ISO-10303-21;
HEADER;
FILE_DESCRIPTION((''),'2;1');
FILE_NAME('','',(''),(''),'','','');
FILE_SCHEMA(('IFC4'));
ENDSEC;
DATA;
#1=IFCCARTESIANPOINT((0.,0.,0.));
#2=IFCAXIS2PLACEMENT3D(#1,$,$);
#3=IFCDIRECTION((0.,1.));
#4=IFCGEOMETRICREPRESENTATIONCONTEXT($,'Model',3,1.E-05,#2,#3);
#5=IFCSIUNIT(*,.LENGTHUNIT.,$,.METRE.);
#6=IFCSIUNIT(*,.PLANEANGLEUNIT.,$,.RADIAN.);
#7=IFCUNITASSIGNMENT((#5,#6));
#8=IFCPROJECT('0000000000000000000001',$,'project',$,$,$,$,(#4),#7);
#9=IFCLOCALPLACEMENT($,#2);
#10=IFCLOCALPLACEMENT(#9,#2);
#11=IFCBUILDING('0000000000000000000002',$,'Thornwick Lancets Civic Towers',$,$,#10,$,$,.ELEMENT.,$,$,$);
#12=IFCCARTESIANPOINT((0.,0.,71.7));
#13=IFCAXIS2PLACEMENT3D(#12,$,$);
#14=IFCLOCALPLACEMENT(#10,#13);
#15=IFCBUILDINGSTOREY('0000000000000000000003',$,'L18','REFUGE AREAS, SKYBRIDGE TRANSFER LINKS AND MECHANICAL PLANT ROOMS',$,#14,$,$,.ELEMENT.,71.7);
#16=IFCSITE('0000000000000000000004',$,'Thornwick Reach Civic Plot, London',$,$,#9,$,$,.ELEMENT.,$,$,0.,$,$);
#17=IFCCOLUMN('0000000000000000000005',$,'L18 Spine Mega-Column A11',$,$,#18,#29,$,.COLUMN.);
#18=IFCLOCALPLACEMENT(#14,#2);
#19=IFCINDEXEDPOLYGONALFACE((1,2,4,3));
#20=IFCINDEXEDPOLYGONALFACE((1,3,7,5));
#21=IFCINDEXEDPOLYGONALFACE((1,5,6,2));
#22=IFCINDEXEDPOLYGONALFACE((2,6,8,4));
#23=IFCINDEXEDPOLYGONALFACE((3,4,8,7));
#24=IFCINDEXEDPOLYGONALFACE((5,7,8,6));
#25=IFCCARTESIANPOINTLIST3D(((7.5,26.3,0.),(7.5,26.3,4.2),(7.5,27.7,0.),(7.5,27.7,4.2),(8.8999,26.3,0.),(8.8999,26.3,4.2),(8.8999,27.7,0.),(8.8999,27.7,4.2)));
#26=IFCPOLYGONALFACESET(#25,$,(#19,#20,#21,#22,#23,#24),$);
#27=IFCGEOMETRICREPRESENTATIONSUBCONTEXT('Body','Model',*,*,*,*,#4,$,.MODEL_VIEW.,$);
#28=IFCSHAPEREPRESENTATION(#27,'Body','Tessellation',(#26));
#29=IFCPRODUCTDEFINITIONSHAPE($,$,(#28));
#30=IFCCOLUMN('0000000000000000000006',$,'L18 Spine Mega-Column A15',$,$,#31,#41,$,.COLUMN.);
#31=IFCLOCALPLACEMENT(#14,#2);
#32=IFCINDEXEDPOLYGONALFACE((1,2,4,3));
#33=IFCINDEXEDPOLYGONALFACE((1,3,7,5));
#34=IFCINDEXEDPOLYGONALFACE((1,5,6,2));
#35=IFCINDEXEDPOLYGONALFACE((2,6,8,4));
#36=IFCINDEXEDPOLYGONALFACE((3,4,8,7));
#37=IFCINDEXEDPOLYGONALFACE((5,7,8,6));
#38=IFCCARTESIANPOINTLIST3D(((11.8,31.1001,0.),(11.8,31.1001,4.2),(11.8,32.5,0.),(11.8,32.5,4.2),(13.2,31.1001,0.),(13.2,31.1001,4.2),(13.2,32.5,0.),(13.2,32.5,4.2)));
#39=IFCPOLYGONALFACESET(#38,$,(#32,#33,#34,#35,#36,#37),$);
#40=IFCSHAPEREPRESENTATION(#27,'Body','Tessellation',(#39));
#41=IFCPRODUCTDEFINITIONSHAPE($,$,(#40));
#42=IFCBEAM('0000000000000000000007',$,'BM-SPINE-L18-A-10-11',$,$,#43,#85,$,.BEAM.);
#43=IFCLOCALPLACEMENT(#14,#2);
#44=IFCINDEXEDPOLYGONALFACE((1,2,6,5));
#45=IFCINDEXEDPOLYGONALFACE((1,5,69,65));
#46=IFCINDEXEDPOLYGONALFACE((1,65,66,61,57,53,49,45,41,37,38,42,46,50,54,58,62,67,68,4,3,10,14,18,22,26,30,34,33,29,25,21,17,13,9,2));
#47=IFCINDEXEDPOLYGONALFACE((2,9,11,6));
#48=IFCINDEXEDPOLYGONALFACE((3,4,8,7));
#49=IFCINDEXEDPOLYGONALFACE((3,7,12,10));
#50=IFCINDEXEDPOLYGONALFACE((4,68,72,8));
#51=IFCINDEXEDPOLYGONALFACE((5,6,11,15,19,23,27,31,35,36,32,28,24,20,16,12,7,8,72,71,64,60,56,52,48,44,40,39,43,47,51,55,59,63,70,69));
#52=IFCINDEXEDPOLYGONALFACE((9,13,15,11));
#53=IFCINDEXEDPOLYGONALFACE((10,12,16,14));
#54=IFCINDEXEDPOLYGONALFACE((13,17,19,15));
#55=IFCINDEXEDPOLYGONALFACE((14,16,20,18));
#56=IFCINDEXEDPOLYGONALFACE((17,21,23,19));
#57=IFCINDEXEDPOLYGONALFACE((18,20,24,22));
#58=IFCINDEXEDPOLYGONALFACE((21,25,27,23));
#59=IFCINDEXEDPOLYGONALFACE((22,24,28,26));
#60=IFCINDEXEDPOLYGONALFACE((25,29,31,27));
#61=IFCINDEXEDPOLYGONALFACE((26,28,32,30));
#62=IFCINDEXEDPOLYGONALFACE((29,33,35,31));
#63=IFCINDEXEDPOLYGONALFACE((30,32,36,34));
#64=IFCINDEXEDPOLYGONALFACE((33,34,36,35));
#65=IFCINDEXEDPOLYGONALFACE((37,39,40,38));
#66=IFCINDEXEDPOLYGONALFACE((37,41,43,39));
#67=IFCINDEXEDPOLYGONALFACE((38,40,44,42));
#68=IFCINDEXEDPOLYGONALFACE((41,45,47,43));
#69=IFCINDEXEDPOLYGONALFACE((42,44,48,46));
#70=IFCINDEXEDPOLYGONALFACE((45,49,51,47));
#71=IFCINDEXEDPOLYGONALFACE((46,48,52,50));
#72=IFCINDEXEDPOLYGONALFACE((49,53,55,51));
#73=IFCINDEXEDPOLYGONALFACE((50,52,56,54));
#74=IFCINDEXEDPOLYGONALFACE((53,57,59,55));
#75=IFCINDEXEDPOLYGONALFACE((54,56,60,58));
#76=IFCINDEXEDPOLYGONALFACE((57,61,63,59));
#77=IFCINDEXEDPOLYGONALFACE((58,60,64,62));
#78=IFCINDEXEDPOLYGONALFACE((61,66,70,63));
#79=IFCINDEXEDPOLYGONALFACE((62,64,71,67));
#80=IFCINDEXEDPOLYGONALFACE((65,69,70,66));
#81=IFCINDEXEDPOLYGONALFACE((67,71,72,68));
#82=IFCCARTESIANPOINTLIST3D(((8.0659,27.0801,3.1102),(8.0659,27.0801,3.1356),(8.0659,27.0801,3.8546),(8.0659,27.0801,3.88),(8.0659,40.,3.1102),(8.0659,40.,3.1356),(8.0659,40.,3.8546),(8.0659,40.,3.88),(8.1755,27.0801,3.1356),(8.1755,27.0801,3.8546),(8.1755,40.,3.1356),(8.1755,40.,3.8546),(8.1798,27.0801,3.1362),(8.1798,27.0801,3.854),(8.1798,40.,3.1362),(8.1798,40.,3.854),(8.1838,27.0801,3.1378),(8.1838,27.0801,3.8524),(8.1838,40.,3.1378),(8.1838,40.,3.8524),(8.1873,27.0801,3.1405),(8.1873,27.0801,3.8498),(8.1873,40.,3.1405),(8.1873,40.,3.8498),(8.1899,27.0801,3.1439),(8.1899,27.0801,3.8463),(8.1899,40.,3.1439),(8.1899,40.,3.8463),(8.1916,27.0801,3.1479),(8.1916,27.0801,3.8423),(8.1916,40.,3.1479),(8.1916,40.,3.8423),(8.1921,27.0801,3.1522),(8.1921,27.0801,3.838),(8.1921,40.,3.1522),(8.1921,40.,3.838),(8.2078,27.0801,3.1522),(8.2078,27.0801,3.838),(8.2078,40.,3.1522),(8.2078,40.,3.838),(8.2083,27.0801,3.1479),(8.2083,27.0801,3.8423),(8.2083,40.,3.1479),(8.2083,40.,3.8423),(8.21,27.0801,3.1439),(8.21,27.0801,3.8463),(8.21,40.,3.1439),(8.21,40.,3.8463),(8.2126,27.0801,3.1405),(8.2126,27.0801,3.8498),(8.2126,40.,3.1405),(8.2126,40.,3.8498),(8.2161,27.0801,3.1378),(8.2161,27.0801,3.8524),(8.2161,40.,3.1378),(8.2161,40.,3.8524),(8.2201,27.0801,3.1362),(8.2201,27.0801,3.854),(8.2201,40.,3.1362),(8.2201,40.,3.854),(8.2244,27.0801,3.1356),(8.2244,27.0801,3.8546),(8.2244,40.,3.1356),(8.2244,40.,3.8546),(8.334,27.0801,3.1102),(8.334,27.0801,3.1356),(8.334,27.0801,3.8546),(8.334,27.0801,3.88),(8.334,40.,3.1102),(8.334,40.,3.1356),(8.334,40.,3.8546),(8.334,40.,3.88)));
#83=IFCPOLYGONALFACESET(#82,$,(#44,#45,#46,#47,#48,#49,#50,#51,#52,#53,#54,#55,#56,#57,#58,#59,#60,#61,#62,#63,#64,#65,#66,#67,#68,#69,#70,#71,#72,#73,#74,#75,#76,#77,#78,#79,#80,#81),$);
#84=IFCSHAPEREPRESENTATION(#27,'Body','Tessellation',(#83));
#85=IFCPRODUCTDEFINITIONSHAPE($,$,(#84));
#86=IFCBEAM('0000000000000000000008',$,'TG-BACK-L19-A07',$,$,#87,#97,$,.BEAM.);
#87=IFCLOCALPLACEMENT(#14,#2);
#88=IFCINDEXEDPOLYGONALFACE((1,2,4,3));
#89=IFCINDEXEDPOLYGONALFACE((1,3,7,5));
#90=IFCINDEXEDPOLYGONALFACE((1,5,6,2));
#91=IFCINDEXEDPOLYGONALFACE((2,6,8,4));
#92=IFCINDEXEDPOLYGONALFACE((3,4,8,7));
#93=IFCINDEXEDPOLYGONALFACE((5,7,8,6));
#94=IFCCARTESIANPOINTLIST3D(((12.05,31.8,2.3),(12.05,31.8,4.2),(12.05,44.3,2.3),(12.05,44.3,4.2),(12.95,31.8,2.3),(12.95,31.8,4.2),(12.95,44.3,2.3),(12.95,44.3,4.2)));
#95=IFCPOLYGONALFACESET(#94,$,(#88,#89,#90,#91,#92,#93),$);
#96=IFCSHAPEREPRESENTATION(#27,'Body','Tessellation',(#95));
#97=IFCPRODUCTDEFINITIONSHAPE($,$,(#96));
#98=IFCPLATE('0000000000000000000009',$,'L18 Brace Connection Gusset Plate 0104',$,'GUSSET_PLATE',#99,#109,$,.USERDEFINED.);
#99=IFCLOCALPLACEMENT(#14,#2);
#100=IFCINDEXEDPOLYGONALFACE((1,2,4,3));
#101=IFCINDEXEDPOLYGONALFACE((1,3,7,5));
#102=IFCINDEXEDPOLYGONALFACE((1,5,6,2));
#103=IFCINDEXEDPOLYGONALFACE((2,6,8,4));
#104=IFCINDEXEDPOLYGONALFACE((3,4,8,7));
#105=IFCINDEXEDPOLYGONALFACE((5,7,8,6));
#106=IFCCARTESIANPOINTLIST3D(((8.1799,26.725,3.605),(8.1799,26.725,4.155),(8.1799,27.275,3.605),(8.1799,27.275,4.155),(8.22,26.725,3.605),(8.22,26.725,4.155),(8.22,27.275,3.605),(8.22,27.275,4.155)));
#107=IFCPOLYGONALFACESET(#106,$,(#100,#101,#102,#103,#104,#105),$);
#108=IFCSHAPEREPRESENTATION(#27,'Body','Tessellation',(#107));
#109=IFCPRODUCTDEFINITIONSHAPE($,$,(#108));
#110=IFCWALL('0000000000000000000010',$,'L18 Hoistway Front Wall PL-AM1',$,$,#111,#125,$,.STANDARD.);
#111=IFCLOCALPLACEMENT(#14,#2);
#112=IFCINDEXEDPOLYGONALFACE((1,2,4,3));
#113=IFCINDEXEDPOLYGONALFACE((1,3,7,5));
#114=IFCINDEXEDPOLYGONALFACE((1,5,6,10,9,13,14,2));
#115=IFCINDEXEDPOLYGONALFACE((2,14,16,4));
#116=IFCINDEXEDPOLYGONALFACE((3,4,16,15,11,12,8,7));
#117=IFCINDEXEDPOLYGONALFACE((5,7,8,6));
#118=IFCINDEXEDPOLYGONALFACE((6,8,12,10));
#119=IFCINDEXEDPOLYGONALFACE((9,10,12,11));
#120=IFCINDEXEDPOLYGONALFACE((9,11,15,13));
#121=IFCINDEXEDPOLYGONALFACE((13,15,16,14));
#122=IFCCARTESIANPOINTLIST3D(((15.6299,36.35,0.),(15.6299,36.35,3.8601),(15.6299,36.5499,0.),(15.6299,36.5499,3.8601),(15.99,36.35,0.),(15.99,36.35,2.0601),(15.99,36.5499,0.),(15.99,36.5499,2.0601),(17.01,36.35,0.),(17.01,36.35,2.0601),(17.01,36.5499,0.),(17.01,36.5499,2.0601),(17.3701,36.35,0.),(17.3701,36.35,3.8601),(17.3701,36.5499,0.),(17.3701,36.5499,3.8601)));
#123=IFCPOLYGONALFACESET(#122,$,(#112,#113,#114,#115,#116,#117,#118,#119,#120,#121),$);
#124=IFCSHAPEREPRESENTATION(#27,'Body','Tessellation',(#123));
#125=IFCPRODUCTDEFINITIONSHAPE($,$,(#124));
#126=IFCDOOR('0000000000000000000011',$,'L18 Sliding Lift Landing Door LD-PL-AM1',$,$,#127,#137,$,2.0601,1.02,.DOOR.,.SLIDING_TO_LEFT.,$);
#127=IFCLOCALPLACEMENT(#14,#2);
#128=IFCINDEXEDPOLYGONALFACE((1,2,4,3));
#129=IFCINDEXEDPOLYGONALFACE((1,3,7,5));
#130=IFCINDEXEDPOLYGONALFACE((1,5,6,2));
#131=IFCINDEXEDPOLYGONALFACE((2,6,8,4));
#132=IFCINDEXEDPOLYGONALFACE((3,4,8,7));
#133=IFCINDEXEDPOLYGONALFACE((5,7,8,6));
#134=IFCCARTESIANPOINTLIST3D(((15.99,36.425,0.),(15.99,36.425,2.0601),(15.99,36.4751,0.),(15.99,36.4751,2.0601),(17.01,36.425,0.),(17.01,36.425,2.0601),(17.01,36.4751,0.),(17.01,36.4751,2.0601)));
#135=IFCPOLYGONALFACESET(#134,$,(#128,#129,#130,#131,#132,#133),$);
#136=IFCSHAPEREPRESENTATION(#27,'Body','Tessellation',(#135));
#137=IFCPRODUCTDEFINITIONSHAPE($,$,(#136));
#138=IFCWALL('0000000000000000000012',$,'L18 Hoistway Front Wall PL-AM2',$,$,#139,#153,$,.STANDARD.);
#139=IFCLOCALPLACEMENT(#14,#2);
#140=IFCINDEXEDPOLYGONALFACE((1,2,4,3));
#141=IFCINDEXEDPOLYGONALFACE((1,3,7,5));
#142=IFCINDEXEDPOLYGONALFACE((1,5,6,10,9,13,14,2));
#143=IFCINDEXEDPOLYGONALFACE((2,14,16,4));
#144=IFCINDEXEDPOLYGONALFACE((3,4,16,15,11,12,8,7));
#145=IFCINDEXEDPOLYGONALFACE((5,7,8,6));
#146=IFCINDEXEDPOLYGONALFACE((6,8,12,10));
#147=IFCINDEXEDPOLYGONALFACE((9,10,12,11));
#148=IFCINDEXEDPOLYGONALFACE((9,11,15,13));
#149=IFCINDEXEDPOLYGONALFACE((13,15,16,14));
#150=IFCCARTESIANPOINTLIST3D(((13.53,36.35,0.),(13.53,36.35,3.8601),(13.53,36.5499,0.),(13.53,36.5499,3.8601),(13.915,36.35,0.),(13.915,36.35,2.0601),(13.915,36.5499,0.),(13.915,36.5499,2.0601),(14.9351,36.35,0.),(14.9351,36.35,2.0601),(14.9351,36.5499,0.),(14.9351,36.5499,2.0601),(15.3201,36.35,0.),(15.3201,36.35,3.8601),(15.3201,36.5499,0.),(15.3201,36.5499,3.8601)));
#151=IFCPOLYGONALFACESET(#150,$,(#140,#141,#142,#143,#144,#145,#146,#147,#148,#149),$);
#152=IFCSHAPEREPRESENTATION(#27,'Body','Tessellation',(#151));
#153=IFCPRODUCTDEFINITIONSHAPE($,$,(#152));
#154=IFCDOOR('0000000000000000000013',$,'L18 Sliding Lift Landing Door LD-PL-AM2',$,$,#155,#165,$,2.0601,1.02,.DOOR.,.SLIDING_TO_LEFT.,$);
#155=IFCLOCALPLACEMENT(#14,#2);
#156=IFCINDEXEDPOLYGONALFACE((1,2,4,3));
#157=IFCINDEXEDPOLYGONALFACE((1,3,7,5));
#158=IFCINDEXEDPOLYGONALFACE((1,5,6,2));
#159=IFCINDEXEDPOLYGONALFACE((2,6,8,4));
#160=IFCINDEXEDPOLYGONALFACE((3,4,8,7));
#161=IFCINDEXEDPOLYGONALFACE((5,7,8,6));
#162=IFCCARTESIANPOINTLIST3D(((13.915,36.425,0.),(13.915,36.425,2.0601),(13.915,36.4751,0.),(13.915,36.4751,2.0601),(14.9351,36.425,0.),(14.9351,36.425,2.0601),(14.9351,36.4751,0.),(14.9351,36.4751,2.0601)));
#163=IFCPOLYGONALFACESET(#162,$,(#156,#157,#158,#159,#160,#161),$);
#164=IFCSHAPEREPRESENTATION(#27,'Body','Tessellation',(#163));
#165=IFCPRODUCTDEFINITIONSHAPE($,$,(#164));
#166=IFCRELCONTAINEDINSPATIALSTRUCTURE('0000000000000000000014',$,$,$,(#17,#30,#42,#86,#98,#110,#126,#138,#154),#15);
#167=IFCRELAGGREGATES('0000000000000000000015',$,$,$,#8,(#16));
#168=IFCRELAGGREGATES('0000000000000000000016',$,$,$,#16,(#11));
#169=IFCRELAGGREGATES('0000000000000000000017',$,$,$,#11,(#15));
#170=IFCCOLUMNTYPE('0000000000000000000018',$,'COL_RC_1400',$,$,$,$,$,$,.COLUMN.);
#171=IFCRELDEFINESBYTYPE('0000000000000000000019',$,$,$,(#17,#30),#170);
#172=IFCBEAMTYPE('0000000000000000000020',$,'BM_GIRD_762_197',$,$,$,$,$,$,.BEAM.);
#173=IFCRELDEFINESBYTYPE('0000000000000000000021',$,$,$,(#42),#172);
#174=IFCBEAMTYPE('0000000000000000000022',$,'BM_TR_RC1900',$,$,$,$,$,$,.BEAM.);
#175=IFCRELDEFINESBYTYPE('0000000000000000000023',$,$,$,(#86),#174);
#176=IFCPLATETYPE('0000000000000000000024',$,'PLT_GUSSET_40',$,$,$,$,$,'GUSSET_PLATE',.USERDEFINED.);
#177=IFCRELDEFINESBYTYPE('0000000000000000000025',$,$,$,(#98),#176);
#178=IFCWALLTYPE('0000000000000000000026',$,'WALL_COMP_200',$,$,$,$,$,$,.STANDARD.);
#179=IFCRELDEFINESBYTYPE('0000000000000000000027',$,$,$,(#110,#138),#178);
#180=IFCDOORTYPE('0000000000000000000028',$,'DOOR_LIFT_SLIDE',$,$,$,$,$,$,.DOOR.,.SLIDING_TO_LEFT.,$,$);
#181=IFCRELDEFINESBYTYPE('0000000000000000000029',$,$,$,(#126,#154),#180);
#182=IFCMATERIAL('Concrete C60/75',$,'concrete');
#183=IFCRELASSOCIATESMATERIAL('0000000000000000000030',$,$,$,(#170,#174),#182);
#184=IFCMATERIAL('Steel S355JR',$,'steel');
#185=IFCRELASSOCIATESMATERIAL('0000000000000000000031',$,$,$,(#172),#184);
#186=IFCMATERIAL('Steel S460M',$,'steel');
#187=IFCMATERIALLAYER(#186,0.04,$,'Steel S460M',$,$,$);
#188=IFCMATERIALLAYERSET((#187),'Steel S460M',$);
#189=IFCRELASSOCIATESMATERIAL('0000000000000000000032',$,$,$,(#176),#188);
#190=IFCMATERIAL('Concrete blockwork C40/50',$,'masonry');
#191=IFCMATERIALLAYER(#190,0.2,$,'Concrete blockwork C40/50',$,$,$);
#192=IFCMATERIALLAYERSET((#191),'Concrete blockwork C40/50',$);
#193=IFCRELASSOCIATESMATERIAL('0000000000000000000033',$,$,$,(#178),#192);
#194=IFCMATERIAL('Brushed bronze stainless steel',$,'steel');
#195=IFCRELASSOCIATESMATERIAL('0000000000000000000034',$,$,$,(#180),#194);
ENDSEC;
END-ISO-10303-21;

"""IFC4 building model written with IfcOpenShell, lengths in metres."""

from ifc_helpers import new_model, si_unit, direction, frame, frame_2d, origin, origin_2d, place, context, subcontext, project, spatial, rectangle, i_section, extrude, material, layer, layer_set, material_profile, profile_set, type_object, element, fill, save


model = new_model("IFC4")

# Units and contexts
model_context = context("Model", 3, precision=1e-05, world=origin(), true_north=direction((0.0, 1.0)))
body_context = subcontext(model_context, "Body", "Model", "MODEL_VIEW")
ifc_project = project(units=[si_unit("LENGTHUNIT", "METRE"), si_unit("PLANEANGLEUNIT", "RADIAN")], contexts=[model_context])

# Site, building, storey
site_placement = place(None, origin())
site = spatial("IfcSite", under=ifc_project, at=site_placement, Name="Thornwick Reach Civic Plot, London", CompositionType="ELEMENT", RefElevation=0.0)
building_placement = place(site_placement, origin())
building = spatial("IfcBuilding", under=site, at=building_placement, Name="Thornwick Lancets Civic Towers", CompositionType="ELEMENT")
storey_placement = place(building_placement, frame((0.0, 0.0, 71.7)))
storey = spatial("IfcBuildingStorey", under=building, at=storey_placement, Name="L18", Description="REFUGE AREAS, SKYBRIDGE TRANSFER LINKS AND MECHANICAL PLANT ROOMS", CompositionType="ELEMENT", Elevation=71.7)

# Columns
ifc_material_1 = material(Name="Concrete C60/75", Category="concrete")
ifc_material_profile_1 = material_profile(ifc_material_1, rectangle(XDim=1.3999, YDim=1.3999, at=origin_2d()), Name="RC 1400x1400")
ifc_profile_set_1 = profile_set([ifc_material_profile_1], Name="Concrete C60/75")
column_type = type_object("IfcColumnType", Name="COL_RC_1400", PredefinedType="COLUMN", material=ifc_profile_set_1)
for number, where, z_axis, x_axis, name in (
    (1, (8.2, 27.0, 0.0), (0.0, 0.0, 1.0), (1.0, 0.0, 0.0), "L18 Spine Mega-Column A11"),
    (2, (12.5, 31.8, 0.0), (0.0, 0.0, 1.0), (1.0, 0.0, 0.0), "L18 Spine Mega-Column A15"),
):
    element("IfcColumn", number, at=place(storey_placement, frame(where, z_axis=z_axis, x_axis=x_axis)), inside=storey, type_object=column_type, Name=name, PredefinedType="COLUMN", context=body_context, shape_type="SweptSolid", body=[
        extrude(rectangle(XDim=1.3999, YDim=1.3999, at=origin_2d()), origin(), (0.0, 0.0, 1.0), 4.2),
    ])

# Beams
ifc_material_2 = material(Name="Steel S355JR", Category="steel")
ifc_material_profile_2 = material_profile(ifc_material_2, i_section(OverallWidth=0.2681, OverallDepth=0.7698, WebThickness=0.0156, FlangeThickness=0.0254, FilletRadius=0.0166, at=origin_2d()), Name="UKB 762x267x197")
ifc_profile_set_2 = profile_set([ifc_material_profile_2], Name="Steel S355JR")
beam_type_1 = type_object("IfcBeamType", Name="BM_GIRD_762_197", PredefinedType="BEAM", material=ifc_profile_set_2)
beam_1_placement = place(storey_placement, frame((8.2, 27.0801, 3.4951), z_axis=(0.0, 1.0, 0.0), x_axis=(-1.0, 0.0, 0.0)))
element("IfcBeam", 3, at=beam_1_placement, inside=storey, type_object=beam_type_1, Name="BM-SPINE-L18-A-10-11", PredefinedType="BEAM", context=body_context, shape_type="SweptSolid", body=[
    extrude(i_section(OverallWidth=0.2681, OverallDepth=0.7698, WebThickness=0.0156, FlangeThickness=0.0254, FilletRadius=0.0166, at=origin_2d()), origin(), (0.0, 0.0, 1.0), 12.9199),
])
ifc_material_profile_3 = material_profile(ifc_material_1, rectangle(XDim=0.8999, YDim=1.8999, at=origin_2d()), Name="RC 900x1900")
ifc_profile_set_3 = profile_set([ifc_material_profile_3], Name="Concrete C60/75")
beam_type_2 = type_object("IfcBeamType", Name="BM_TR_RC1900", PredefinedType="BEAM", material=ifc_profile_set_3)
beam_2_placement = place(storey_placement, frame((12.5, 31.8, 3.25), z_axis=(0.0, 1.0, 0.0), x_axis=(-1.0, 0.0, 0.0)))
element("IfcBeam", 4, at=beam_2_placement, inside=storey, type_object=beam_type_2, Name="TG-BACK-L19-A07", PredefinedType="BEAM", context=body_context, shape_type="SweptSolid", body=[
    extrude(rectangle(XDim=0.8999, YDim=1.8999, at=origin_2d()), origin(), (0.0, 0.0, 1.0), 12.5),
])

# Plate
ifc_material_3 = material(Name="Steel S460M", Category="steel")
ifc_layer_1 = layer(ifc_material_3, 0.04, Name="Steel S460M")
ifc_layer_set_1 = layer_set([ifc_layer_1], Name="Steel S460M")
plate_type = type_object("IfcPlateType", Name="PLT_GUSSET_40", ElementType="GUSSET_PLATE", PredefinedType="USERDEFINED", material=ifc_layer_set_1)
plate_placement = place(storey_placement, frame((8.2, 27.0, 3.605), z_axis=(0.0, 0.0, 1.0), x_axis=(0.0, 1.0, 0.0)))
element("IfcPlate", 5, at=plate_placement, inside=storey, type_object=plate_type, Name="L18 Brace Connection Gusset Plate 0104", ObjectType="GUSSET_PLATE", PredefinedType="USERDEFINED", context=body_context, shape_type="SweptSolid", body=[
    extrude(rectangle(XDim=0.55, YDim=0.04, at=origin_2d()), origin(), (0.0, 0.0, 1.0), 0.55),
])

# Walls, openings, doors
ifc_material_4 = material(Name="Concrete blockwork C40/50", Category="masonry")
ifc_layer_2 = layer(ifc_material_4, 0.2, Name="Concrete blockwork C40/50")
ifc_layer_set_2 = layer_set([ifc_layer_2], Name="Concrete blockwork C40/50")
wall_type_1 = type_object("IfcWallType", Name="WALL_COMP_200", PredefinedType="STANDARD", material=ifc_layer_set_2)
wall_1_placement = place(storey_placement, frame((17.3701, 36.45, 0.0), z_axis=(0.0, 0.0, 1.0), x_axis=(-1.0, 0.0, 0.0)))
wall_1 = element("IfcWall", 6, at=wall_1_placement, inside=storey, type_object=wall_type_1, Name="L18 Hoistway Front Wall PL-AM1", PredefinedType="STANDARD", context=body_context, shape_type="SweptSolid", body=[
    extrude(rectangle(XDim=1.7402, YDim=0.2, at=frame_2d((0.8701, 0.0))), origin(), (0.0, 0.0, 1.0), 3.8601),
])
opening_1_placement = place(wall_1_placement, frame((0.3601, 0.0, 0.0)))
opening_1 = element("IfcOpeningElement", 7, at=opening_1_placement, cuts=wall_1, PredefinedType="OPENING", context=body_context, shape_type="SweptSolid", body=[
    extrude(rectangle(XDim=1.02, YDim=2.0601, at=frame_2d((0.51, 1.03))), frame((0.0, 0.1099, 0.0), z_axis=(0.0, -1.0, 0.0), x_axis=(1.0, 0.0, 0.0)), (0.0, 0.0, 1.0), 0.22),
])
ifc_material_5 = material(Name="Brushed bronze stainless steel", Category="steel")
door_type_1 = type_object("IfcDoorType", Name="DOOR_LIFT_SLIDE", OperationType="SLIDING_TO_LEFT", PredefinedType="DOOR", material=ifc_material_5)
door_1_placement = place(opening_1_placement, origin())
door_1 = element("IfcDoor", 8, at=door_1_placement, inside=storey, type_object=door_type_1, Name="L18 Sliding Lift Landing Door LD-PL-AM1", OperationType="SLIDING_TO_LEFT", OverallHeight=2.0601, OverallWidth=1.02, PredefinedType="DOOR", context=body_context, shape_type="SweptSolid", body=[
    extrude(rectangle(XDim=1.02, YDim=2.0601, at=frame_2d((0.51, 1.03))), frame((0.0, 0.0249, 0.0), z_axis=(0.0, -1.0, 0.0), x_axis=(1.0, 0.0, 0.0)), (0.0, 0.0, 1.0), 0.05),
])
fill(opening_1, door_1)
wall_2_placement = place(storey_placement, frame((15.3201, 36.45, 0.0), z_axis=(0.0, 0.0, 1.0), x_axis=(-1.0, 0.0, 0.0)))
wall_2 = element("IfcWall", 9, at=wall_2_placement, inside=storey, type_object=wall_type_1, Name="L18 Hoistway Front Wall PL-AM2", PredefinedType="STANDARD", context=body_context, shape_type="SweptSolid", body=[
    extrude(rectangle(XDim=1.79, YDim=0.2, at=frame_2d((0.895, 0.0))), origin(), (0.0, 0.0, 1.0), 3.8601),
])
opening_2_placement = place(wall_2_placement, frame((0.385, 0.0, 0.0)))
opening_2 = element("IfcOpeningElement", 10, at=opening_2_placement, cuts=wall_2, PredefinedType="OPENING", context=body_context, shape_type="SweptSolid", body=[
    extrude(rectangle(XDim=1.02, YDim=2.0601, at=frame_2d((0.51, 1.03))), frame((0.0, 0.1099, 0.0), z_axis=(0.0, -1.0, 0.0), x_axis=(1.0, 0.0, 0.0)), (0.0, 0.0, 1.0), 0.22),
])
door_2_placement = place(opening_2_placement, origin())
door_2 = element("IfcDoor", 11, at=door_2_placement, inside=storey, type_object=door_type_1, Name="L18 Sliding Lift Landing Door LD-PL-AM2", OperationType="SLIDING_TO_LEFT", OverallHeight=2.0601, OverallWidth=1.02, PredefinedType="DOOR", context=body_context, shape_type="SweptSolid", body=[
    extrude(rectangle(XDim=1.02, YDim=2.0601, at=frame_2d((0.51, 1.03))), frame((0.0, 0.0249, 0.0), z_axis=(0.0, -1.0, 0.0), x_axis=(1.0, 0.0, 0.0)), (0.0, 0.0, 1.0), 0.05),
])
fill(opening_2, door_2)

save(model, "model.ifc")
